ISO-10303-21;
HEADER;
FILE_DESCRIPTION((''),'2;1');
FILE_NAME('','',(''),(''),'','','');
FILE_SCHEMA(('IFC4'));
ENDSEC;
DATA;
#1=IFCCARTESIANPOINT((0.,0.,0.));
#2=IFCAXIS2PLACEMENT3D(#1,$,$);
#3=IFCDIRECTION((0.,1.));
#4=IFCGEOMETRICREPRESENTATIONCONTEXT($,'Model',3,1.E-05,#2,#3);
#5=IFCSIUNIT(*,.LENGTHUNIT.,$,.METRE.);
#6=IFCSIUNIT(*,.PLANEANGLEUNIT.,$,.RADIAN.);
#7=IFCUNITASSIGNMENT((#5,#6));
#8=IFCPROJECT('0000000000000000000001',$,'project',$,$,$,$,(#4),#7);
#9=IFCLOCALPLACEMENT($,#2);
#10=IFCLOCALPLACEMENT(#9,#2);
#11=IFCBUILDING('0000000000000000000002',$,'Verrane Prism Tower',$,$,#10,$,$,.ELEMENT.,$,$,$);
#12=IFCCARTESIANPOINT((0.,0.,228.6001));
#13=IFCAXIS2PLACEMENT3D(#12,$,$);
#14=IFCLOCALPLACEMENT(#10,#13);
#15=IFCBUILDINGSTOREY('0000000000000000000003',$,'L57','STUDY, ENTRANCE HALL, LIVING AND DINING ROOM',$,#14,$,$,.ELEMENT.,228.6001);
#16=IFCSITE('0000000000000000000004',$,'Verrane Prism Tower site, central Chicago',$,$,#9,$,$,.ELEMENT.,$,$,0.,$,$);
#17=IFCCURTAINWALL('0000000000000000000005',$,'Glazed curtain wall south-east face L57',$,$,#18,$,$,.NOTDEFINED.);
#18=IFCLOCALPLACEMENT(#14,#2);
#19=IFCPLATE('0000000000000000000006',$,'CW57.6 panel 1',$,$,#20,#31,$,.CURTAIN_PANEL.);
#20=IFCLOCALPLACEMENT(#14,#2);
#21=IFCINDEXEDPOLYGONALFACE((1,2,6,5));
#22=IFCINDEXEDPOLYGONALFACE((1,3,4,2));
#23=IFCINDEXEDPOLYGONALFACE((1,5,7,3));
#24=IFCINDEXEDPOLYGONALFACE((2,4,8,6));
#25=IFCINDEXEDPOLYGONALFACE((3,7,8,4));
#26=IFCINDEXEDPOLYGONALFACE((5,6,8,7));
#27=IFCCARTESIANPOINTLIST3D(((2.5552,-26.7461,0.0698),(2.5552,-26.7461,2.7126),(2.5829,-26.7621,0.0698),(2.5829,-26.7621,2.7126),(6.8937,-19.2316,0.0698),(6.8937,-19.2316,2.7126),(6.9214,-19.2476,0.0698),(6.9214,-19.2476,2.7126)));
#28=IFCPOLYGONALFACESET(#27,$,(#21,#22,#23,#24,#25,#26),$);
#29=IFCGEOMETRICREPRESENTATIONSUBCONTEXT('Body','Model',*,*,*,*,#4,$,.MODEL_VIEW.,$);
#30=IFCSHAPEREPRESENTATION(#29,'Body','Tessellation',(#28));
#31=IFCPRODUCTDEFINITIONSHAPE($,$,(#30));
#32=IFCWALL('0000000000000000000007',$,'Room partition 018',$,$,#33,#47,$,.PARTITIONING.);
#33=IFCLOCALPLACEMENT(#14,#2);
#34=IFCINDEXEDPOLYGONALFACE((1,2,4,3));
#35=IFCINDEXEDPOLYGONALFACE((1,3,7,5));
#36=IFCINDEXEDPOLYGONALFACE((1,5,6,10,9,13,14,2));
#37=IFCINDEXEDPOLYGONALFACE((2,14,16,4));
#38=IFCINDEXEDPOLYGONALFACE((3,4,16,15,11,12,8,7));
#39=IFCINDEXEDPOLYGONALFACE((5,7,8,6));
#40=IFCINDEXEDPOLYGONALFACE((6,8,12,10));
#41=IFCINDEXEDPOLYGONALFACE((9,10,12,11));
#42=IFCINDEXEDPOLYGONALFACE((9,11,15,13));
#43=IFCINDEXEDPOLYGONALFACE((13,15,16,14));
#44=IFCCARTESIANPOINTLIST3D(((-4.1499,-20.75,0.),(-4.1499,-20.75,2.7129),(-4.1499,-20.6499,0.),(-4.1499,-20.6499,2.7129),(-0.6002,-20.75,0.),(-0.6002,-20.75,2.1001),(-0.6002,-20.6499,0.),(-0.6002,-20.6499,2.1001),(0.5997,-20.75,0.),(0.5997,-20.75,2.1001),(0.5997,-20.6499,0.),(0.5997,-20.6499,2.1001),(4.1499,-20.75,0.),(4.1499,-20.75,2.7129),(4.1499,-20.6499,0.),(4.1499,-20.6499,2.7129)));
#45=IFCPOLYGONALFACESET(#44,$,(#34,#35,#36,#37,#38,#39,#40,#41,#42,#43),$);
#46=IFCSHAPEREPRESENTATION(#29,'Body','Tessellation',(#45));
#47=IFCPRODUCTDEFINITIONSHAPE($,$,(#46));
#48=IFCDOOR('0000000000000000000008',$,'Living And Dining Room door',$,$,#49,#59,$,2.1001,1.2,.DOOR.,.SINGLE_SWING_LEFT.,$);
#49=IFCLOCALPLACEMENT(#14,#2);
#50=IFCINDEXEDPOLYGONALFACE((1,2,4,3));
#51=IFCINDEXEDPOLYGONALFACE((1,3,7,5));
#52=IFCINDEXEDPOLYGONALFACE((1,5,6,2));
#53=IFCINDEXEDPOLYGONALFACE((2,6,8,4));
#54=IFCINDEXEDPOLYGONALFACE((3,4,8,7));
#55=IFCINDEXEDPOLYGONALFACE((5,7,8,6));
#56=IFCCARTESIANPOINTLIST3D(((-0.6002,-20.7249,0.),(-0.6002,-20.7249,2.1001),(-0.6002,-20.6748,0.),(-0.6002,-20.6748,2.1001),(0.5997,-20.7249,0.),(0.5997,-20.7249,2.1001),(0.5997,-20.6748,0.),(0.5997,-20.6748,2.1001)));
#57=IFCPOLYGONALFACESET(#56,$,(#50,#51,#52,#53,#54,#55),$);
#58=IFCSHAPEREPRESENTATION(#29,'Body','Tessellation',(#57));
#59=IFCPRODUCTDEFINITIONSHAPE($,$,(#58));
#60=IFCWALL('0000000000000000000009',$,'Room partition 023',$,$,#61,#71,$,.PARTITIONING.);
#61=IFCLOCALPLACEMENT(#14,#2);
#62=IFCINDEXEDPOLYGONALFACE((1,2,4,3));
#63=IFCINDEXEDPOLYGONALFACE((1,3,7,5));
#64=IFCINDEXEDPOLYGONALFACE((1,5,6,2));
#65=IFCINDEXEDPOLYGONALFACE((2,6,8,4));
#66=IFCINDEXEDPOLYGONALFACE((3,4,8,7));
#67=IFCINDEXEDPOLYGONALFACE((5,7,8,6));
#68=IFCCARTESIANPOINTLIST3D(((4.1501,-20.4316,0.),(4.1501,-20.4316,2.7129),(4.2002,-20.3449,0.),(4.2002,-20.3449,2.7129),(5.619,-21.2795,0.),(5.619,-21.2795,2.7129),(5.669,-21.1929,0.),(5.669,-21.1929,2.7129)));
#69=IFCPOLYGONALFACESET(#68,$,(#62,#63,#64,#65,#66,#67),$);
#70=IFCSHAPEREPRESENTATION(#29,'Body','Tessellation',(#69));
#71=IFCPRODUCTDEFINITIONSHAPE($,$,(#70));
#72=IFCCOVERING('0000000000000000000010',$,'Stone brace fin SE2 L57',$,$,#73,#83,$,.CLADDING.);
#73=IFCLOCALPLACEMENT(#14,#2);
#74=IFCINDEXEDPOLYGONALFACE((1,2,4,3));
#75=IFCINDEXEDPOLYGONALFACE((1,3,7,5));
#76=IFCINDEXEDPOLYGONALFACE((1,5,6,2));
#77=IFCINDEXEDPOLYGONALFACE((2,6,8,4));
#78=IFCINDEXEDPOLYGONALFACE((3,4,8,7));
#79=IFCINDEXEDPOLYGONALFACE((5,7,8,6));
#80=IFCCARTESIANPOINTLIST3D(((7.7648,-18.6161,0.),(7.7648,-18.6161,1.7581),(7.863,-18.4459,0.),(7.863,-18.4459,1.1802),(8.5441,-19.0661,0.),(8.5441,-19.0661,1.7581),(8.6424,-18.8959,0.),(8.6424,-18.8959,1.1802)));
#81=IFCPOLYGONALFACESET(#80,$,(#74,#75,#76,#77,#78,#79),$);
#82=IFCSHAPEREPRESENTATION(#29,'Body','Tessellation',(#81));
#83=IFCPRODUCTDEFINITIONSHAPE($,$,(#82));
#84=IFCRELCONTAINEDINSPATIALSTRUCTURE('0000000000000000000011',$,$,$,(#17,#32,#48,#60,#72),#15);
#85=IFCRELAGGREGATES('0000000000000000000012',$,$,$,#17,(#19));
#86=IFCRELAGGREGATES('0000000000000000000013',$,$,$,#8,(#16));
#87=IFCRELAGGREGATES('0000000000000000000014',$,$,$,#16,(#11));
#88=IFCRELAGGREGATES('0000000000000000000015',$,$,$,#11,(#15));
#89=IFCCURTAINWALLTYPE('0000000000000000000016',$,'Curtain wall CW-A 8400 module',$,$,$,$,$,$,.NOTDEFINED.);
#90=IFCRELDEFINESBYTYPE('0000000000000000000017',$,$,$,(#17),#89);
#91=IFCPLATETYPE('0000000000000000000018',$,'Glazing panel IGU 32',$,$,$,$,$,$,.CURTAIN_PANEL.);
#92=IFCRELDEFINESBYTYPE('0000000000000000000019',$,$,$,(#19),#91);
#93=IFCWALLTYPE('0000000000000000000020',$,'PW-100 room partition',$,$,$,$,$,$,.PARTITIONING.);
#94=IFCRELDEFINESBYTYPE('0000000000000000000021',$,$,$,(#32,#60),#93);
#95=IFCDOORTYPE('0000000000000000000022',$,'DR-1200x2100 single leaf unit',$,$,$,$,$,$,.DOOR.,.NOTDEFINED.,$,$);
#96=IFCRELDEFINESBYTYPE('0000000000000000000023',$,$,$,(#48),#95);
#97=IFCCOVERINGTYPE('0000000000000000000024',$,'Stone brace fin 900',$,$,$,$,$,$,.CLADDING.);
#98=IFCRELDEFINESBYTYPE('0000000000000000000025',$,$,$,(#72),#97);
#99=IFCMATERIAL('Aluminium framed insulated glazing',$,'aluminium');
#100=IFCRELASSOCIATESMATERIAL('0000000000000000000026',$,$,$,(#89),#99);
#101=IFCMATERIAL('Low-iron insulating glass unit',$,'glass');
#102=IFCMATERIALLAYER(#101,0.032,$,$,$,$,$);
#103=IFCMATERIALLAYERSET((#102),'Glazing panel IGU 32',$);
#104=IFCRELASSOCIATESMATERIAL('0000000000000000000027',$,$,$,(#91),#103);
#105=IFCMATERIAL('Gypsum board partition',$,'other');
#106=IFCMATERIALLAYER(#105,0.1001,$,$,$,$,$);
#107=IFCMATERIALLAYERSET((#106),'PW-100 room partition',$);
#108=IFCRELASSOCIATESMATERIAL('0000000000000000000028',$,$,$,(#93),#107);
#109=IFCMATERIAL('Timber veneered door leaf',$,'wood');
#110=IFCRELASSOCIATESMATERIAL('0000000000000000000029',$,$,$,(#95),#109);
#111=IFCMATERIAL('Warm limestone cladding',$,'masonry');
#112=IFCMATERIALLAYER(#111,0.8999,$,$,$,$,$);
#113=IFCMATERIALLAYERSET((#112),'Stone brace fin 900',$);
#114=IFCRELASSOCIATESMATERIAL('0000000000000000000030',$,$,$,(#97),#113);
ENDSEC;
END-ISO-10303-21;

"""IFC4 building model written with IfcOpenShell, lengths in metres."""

from ifc_helpers import new_model, si_unit, direction, frame, frame_2d, origin, origin_2d, place, context, subcontext, project, spatial, polyline, rectangle, outline, extrude, material, layer, layer_set, type_object, element, fill, aggregate, save


model = new_model("IFC4")

# Units and contexts
model_context = context("Model", 3, precision=1e-05, world=origin(), true_north=direction((0.0, 1.0)))
body_context = subcontext(model_context, "Body", "Model", "MODEL_VIEW")
ifc_project = project(units=[si_unit("LENGTHUNIT", "METRE"), si_unit("PLANEANGLEUNIT", "RADIAN")], contexts=[model_context])

# Site, building, storey
site_placement = place(None, origin())
site = spatial("IfcSite", under=ifc_project, at=site_placement, Name="Verrane Prism Tower site, central Chicago", CompositionType="ELEMENT", RefElevation=0.0)
building_placement = place(site_placement, origin())
building = spatial("IfcBuilding", under=site, at=building_placement, Name="Verrane Prism Tower", CompositionType="ELEMENT")
storey_placement = place(building_placement, frame((0.0, 0.0, 228.6001)))
storey = spatial("IfcBuildingStorey", under=building, at=storey_placement, Name="L57", Description="STUDY, ENTRANCE HALL, LIVING AND DINING ROOM", CompositionType="ELEMENT", Elevation=228.6001)

# Curtain wall
ifc_material_1 = material(Name="Aluminium framed insulated glazing", Category="aluminium")
curtain_wall_type = type_object("IfcCurtainWallType", Name="Curtain wall CW-A 8400 module", PredefinedType="NOTDEFINED", material=ifc_material_1)
curtain_wall_1_placement = place(storey_placement, origin())
curtain_wall_1 = element("IfcCurtainWall", 1, at=curtain_wall_1_placement, inside=storey, type_object=curtain_wall_type, Name="Glazed curtain wall south-east face L57", PredefinedType="NOTDEFINED")

# Shared definitions
ifc_material_2 = material(Name="Low-iron insulating glass unit", Category="glass")
ifc_layer_1 = layer(ifc_material_2, 0.032)
ifc_layer_set_1 = layer_set([ifc_layer_1], Name="Glazing panel IGU 32")
plate_type = type_object("IfcPlateType", Name="Glazing panel IGU 32", PredefinedType="CURTAIN_PANEL", material=ifc_layer_set_1)

# Plate
plate_1_placement = place(storey_placement, frame((4.7383, -22.9968, 0.0698), z_axis=(0.0, 0.0, 1.0), x_axis=(0.500001, 0.866025, 0.0)))
plate_1 = element("IfcPlate", 2, at=plate_1_placement, type_object=plate_type, Name="CW57.6 panel 1", PredefinedType="CURTAIN_PANEL", context=body_context, shape_type="SweptSolid", body=[
    extrude(rectangle(XDim=8.677, YDim=0.032, at=origin_2d()), origin(), (0.0, 0.0, 1.0), 2.6428),
])
aggregate(curtain_wall_1, [plate_1])

# Wall, opening, door
ifc_material_3 = material(Name="Gypsum board partition", Category="other")
ifc_layer_2 = layer(ifc_material_3, 0.1001)
ifc_layer_set_2 = layer_set([ifc_layer_2], Name="PW-100 room partition")
wall_type = type_object("IfcWallType", Name="PW-100 room partition", PredefinedType="PARTITIONING", material=ifc_layer_set_2)
wall_1_placement = place(storey_placement, frame((4.1499, -20.7, 0.0), z_axis=(0.0, 0.0, 1.0), x_axis=(-1.0, 0.0, 0.0)))
wall_1 = element("IfcWall", 3, at=wall_1_placement, inside=storey, type_object=wall_type, Name="Room partition 018", PredefinedType="PARTITIONING", context=body_context, shape_type="SweptSolid", body=[
    extrude(rectangle(XDim=8.2998, YDim=0.1001, at=frame_2d((4.1499, 0.0))), origin(), (0.0, 0.0, 1.0), 2.7129),
])
opening_placement = place(wall_1_placement, frame((3.55, 0.0, 0.0)))
opening = element("IfcOpeningElement", 4, at=opening_placement, cuts=wall_1, PredefinedType="OPENING", context=body_context, shape_type="SweptSolid", body=[
    extrude(rectangle(XDim=1.2, YDim=2.1001, at=frame_2d((0.6001, 1.05))), frame((0.0, 0.0601, 0.0), z_axis=(0.0, -1.0, 0.0), x_axis=(1.0, 0.0, 0.0)), (0.0, 0.0, 1.0), 0.1201),
])
ifc_material_4 = material(Name="Timber veneered door leaf", Category="wood")
door_type = type_object("IfcDoorType", Name="DR-1200x2100 single leaf unit", OperationType="NOTDEFINED", PredefinedType="DOOR", material=ifc_material_4)
door_placement = place(opening_placement, origin())
door = element("IfcDoor", 5, at=door_placement, inside=storey, type_object=door_type, Name="Living And Dining Room door", OperationType="SINGLE_SWING_LEFT", OverallHeight=2.1001, OverallWidth=1.2, PredefinedType="DOOR", context=body_context, shape_type="SweptSolid", body=[
    extrude(rectangle(XDim=1.2, YDim=2.1001, at=frame_2d((0.6001, 1.05))), frame((0.0, 0.0249, 0.0), z_axis=(0.0, -1.0, 0.0), x_axis=(1.0, 0.0, 0.0)), (0.0, 0.0, 1.0), 0.05),
])
fill(opening, door)

# Wall
wall_2_placement = place(storey_placement, frame((4.175, -20.3882, 0.0), z_axis=(0.0, 0.0, 1.0), x_axis=(0.866047, -0.499963, 0.0)))
element("IfcWall", 6, at=wall_2_placement, inside=storey, type_object=wall_type, Name="Room partition 023", PredefinedType="PARTITIONING", context=body_context, shape_type="SweptSolid", body=[
    extrude(rectangle(XDim=1.696, YDim=0.1001, at=frame_2d((0.8481, 0.0))), origin(), (0.0, 0.0, 1.0), 2.7129),
])

# Covering
ifc_material_5 = material(Name="Warm limestone cladding", Category="masonry")
ifc_layer_3 = layer(ifc_material_5, 0.8999)
ifc_layer_set_3 = layer_set([ifc_layer_3], Name="Stone brace fin 900")
covering_type = type_object("IfcCoveringType", Name="Stone brace fin 900", PredefinedType="CLADDING", material=ifc_layer_set_3)
covering_placement = place(storey_placement, frame((8.2527, -18.6709, 0.0), z_axis=(0.0, 0.0, 1.0), x_axis=(-0.500009, -0.86602, 0.0)))
element("IfcCovering", 7, at=covering_placement, inside=storey, type_object=covering_type, Name="Stone brace fin SE2 L57", PredefinedType="CLADDING", context=body_context, shape_type="SweptSolid", body=[
    extrude(outline(polyline([(0.0, 0.0), (0.1965, 0.0), (0.1965, 1.7581), (0.0, 1.1802), (0.0, 0.0)])), frame((0.0, 0.45, 0.0), z_axis=(0.0, -1.0, 0.0), x_axis=(1.0, 0.0, 0.0)), (0.0, 0.0, 1.0), 0.8999),
])

save(model, "model.ifc")
